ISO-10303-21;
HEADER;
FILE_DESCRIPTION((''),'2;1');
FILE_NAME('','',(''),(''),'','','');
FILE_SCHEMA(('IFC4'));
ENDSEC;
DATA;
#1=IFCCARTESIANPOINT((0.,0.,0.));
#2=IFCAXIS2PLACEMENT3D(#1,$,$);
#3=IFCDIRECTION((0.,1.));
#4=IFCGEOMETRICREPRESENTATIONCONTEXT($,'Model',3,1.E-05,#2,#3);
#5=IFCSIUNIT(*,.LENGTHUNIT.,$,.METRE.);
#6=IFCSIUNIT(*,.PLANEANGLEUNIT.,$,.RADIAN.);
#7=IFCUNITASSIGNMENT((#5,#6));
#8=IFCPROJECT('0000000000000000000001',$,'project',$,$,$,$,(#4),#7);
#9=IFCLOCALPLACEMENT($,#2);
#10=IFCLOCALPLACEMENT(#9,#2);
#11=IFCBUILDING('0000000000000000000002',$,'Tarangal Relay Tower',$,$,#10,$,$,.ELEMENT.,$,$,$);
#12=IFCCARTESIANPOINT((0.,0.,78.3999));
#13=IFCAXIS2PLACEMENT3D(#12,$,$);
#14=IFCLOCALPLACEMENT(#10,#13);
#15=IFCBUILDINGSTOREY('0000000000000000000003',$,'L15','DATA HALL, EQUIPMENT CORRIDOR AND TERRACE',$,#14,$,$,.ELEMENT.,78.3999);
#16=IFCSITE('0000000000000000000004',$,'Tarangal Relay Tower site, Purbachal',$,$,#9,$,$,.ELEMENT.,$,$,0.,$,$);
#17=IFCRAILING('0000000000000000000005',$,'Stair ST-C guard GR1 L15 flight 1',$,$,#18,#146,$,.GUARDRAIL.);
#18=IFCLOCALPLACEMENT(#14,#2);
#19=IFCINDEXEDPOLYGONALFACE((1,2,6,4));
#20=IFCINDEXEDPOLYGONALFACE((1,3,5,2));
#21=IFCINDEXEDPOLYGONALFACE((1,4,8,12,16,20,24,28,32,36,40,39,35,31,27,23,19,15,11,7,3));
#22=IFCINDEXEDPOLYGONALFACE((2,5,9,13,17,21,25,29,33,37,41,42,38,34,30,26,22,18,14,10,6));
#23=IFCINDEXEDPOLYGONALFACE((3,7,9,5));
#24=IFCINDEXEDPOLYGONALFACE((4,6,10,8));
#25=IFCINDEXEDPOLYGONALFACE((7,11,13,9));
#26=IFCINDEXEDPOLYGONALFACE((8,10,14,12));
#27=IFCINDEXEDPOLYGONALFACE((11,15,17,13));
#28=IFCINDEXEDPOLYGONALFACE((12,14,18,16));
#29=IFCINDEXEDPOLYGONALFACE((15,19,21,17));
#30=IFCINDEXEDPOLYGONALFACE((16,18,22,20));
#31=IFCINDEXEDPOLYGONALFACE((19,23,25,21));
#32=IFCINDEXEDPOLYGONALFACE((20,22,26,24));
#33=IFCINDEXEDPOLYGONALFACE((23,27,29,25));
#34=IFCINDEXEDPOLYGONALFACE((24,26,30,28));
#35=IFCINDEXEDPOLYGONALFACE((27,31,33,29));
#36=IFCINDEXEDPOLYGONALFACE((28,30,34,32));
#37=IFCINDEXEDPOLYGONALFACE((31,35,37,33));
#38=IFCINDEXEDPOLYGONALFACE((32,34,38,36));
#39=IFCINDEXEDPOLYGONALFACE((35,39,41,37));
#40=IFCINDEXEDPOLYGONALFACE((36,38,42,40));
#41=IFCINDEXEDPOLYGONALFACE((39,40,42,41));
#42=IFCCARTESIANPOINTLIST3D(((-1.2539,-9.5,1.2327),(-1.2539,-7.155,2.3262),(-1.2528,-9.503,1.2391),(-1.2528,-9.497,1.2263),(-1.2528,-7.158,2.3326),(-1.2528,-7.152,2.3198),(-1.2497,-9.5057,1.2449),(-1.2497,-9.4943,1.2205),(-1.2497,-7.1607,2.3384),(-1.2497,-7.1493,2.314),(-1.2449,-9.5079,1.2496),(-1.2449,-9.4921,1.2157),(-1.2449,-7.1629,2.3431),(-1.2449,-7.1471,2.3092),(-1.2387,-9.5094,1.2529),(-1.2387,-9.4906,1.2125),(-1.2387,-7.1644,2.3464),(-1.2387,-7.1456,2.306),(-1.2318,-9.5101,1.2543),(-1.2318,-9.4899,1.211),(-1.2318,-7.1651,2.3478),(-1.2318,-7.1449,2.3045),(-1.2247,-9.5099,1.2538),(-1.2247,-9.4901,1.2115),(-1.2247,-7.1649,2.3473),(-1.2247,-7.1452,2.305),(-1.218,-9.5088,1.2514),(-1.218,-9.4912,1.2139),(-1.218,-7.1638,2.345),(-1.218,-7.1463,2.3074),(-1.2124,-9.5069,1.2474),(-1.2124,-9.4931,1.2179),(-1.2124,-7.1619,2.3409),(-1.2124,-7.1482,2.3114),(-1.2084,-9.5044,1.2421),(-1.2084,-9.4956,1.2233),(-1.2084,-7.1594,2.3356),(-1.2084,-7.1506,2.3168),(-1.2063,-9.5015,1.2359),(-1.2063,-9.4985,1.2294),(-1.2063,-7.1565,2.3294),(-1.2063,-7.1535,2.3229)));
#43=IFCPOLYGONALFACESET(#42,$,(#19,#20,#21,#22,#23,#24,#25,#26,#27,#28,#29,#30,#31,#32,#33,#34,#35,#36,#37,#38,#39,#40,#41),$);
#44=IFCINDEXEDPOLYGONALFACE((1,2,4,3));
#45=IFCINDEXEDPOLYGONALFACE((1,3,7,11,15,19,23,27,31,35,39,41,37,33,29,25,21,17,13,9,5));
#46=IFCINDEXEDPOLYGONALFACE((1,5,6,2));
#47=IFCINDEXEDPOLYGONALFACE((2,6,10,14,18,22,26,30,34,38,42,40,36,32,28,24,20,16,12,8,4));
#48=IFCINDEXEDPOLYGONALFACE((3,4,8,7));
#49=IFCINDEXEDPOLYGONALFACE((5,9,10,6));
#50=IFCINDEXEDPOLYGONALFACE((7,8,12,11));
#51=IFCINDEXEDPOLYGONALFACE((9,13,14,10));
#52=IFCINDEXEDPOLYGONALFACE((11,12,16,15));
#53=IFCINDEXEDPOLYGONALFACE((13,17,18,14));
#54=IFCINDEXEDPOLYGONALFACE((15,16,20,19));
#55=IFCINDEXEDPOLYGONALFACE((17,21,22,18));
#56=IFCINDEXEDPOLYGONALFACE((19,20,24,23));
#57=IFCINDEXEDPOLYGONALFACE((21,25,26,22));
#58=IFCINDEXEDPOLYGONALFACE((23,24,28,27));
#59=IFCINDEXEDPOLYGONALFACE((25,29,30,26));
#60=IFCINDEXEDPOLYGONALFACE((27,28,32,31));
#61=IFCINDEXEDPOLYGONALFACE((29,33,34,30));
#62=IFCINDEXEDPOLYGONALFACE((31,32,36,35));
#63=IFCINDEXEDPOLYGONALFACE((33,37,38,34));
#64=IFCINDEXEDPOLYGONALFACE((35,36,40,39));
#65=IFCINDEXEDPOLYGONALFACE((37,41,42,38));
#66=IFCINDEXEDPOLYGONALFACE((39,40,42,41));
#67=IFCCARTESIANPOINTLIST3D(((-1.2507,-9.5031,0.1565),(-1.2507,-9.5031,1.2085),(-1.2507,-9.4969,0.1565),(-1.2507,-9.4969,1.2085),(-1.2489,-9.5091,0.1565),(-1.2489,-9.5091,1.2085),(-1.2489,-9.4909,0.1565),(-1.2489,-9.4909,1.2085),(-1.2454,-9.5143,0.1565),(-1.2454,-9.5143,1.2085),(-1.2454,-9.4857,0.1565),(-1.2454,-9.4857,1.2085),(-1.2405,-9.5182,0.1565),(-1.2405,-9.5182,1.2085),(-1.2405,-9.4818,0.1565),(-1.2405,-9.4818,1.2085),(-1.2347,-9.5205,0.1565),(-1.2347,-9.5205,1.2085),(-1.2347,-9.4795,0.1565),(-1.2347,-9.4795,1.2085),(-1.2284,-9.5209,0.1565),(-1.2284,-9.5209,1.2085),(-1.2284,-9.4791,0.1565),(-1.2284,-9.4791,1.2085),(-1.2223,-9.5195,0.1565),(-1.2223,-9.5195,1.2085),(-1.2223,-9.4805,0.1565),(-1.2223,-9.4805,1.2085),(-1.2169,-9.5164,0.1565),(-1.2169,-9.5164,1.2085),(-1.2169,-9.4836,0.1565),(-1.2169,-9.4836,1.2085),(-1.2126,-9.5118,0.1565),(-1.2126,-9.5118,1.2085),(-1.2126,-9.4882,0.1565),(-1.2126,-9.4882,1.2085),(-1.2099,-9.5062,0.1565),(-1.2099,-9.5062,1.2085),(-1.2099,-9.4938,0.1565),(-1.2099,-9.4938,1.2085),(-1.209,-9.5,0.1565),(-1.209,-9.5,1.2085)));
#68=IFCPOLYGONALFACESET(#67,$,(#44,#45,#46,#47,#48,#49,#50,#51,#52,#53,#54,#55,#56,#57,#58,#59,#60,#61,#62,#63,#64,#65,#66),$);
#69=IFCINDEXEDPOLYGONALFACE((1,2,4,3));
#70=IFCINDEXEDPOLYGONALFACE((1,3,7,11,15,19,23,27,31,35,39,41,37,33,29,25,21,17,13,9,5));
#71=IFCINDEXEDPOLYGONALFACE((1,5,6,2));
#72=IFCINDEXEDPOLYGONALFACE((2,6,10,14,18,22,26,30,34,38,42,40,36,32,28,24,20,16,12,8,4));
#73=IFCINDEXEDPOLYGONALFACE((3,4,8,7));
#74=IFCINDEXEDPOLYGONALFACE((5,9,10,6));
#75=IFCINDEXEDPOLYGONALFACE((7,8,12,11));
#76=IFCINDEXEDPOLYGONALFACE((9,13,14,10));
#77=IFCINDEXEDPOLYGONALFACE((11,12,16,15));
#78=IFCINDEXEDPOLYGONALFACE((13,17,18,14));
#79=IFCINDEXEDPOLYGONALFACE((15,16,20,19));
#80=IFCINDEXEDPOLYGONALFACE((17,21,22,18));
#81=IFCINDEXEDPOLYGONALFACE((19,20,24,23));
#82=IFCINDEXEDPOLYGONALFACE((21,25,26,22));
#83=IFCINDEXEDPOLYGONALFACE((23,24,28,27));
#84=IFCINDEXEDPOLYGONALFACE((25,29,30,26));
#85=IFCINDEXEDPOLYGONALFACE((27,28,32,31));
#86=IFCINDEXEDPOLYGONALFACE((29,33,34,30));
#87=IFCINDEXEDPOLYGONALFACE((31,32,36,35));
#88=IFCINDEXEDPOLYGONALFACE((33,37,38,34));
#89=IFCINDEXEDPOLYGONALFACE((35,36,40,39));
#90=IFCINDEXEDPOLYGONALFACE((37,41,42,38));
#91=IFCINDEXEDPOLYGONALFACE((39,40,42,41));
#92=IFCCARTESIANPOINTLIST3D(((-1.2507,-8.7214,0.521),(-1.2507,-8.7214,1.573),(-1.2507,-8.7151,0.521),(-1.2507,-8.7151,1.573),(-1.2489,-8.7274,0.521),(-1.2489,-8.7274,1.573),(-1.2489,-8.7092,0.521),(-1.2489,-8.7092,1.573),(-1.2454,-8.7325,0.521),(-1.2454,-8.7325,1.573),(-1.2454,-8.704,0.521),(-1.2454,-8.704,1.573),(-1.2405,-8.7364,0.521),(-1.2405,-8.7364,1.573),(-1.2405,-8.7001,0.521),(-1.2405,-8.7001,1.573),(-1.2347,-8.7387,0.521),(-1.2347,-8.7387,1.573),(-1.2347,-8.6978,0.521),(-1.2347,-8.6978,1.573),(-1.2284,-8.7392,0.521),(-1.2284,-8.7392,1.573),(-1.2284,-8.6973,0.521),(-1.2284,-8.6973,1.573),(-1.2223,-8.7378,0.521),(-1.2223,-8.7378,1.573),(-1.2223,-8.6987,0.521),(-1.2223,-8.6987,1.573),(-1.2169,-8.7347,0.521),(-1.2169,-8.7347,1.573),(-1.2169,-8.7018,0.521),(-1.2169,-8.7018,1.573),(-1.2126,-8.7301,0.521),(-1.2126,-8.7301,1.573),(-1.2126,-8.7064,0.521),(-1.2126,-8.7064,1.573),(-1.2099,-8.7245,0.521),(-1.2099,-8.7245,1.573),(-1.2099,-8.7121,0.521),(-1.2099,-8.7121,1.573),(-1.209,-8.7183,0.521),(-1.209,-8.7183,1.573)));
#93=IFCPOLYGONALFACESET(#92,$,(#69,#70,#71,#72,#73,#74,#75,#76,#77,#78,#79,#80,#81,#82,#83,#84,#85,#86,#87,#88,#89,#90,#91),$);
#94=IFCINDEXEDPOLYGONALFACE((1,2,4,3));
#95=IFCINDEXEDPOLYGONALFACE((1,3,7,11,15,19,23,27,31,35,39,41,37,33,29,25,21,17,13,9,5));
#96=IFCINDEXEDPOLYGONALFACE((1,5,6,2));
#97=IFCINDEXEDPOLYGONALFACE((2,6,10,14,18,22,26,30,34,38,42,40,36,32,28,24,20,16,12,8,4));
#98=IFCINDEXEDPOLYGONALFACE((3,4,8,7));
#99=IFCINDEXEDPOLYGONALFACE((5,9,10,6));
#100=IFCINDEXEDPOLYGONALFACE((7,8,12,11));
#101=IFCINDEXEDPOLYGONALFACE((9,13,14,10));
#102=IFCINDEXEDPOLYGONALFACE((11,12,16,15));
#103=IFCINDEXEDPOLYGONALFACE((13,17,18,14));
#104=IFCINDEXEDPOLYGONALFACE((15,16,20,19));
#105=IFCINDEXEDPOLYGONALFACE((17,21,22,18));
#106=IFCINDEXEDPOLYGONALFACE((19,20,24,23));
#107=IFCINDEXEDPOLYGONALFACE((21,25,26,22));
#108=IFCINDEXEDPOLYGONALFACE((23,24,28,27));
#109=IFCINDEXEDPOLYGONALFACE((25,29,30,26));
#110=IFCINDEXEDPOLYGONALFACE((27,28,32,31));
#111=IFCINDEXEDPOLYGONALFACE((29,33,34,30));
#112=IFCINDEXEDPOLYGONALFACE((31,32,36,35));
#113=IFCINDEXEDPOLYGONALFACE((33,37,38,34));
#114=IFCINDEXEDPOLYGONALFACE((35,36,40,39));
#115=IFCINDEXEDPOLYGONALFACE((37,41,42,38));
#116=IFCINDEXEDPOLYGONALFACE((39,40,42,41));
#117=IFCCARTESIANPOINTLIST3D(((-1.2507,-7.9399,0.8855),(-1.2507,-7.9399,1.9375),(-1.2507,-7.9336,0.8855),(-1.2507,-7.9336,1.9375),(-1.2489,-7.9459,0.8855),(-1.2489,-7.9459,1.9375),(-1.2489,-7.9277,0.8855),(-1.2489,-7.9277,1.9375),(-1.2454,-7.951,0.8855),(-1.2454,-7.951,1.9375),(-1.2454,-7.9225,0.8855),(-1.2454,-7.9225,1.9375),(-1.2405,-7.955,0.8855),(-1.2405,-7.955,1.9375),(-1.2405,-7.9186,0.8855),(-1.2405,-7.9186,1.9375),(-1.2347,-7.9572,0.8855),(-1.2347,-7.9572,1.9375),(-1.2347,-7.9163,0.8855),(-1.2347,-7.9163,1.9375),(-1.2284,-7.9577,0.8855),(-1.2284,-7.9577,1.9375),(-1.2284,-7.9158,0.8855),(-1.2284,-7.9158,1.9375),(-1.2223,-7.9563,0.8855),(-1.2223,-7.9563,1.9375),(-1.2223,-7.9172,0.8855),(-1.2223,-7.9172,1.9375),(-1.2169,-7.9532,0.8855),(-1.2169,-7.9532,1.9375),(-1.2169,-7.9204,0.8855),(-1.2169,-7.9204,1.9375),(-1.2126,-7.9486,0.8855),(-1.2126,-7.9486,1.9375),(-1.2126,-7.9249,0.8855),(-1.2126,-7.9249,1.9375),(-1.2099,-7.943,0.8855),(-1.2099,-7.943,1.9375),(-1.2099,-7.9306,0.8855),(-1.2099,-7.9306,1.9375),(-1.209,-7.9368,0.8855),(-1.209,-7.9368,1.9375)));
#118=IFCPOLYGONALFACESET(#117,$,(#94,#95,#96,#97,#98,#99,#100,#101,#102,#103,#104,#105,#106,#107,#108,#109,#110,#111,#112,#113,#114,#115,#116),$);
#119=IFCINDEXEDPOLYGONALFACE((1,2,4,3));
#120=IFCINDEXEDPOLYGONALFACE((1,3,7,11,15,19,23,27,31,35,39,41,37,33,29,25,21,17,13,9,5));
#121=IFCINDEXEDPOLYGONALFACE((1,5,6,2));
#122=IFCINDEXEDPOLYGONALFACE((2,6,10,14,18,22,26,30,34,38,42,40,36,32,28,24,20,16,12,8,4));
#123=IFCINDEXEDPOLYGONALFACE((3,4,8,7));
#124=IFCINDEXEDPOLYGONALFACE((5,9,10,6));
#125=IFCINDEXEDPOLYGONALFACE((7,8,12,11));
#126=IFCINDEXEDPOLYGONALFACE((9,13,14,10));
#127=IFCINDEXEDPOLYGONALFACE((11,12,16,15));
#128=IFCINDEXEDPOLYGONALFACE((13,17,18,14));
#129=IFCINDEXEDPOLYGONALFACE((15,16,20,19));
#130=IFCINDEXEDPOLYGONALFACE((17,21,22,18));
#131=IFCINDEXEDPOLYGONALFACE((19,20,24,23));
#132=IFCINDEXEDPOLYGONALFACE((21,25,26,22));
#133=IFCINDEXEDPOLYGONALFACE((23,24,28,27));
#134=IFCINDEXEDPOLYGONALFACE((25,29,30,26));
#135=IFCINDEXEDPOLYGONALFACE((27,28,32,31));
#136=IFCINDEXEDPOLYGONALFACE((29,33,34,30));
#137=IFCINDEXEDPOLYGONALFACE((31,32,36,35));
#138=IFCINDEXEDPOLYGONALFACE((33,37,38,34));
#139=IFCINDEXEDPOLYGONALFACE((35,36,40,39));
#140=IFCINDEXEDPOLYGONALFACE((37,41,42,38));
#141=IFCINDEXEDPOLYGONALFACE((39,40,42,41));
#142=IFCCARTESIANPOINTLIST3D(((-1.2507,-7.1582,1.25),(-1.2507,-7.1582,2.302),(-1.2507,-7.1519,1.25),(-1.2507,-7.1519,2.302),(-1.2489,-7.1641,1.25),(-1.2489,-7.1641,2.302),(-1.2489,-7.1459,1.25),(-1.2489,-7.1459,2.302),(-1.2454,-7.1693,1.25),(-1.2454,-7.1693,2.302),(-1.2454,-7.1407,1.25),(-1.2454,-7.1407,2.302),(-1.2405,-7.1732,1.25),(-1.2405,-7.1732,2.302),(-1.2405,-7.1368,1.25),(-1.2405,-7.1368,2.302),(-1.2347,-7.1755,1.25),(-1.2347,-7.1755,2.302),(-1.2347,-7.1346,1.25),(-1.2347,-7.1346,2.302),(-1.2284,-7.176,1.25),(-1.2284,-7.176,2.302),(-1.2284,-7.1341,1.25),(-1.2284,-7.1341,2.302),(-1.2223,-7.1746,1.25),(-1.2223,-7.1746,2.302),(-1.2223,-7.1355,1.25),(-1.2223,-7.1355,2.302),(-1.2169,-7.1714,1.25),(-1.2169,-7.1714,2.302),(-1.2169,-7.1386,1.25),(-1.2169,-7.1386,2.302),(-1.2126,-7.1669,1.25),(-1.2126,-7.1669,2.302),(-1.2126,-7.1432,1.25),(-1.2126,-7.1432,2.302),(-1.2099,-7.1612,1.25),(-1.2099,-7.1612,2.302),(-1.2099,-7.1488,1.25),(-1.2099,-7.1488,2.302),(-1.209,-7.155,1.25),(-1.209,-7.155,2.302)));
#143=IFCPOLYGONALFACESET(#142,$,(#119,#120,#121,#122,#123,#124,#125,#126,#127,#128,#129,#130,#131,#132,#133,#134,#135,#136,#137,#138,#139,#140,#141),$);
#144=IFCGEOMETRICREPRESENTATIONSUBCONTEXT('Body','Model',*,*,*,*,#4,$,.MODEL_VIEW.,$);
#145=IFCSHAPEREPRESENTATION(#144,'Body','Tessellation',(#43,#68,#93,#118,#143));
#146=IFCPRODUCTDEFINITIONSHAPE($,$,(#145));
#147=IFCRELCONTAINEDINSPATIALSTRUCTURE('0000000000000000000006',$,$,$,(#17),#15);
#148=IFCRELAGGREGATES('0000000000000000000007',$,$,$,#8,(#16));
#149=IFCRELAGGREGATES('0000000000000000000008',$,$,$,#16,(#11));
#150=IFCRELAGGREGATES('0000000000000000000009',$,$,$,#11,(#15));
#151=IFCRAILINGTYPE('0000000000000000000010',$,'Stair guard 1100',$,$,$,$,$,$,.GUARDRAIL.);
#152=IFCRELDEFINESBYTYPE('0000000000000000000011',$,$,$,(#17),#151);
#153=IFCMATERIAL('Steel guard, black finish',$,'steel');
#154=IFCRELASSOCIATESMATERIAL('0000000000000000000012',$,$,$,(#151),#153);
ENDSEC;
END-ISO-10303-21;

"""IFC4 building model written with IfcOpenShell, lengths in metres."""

from ifc_helpers import new_model, si_unit, direction, frame, origin, origin_2d, place, context, subcontext, project, spatial, circle, extrude, material, type_object, element, save


model = new_model("IFC4")

# Units and contexts
model_context = context("Model", 3, precision=1e-05, world=origin(), true_north=direction((0.0, 1.0)))
body_context = subcontext(model_context, "Body", "Model", "MODEL_VIEW")
ifc_project = project(units=[si_unit("LENGTHUNIT", "METRE"), si_unit("PLANEANGLEUNIT", "RADIAN")], contexts=[model_context])

# Site, building, storey
site_placement = place(None, origin())
site = spatial("IfcSite", under=ifc_project, at=site_placement, Name="Tarangal Relay Tower site, Purbachal", CompositionType="ELEMENT", RefElevation=0.0)
building_placement = place(site_placement, origin())
building = spatial("IfcBuilding", under=site, at=building_placement, Name="Tarangal Relay Tower", CompositionType="ELEMENT")
storey_placement = place(building_placement, frame((0.0, 0.0, 78.3999)))
storey = spatial("IfcBuildingStorey", under=building, at=storey_placement, Name="L15", Description="DATA HALL, EQUIPMENT CORRIDOR AND TERRACE", CompositionType="ELEMENT", Elevation=78.3999)

# Railing
ifc_material_1 = material(Name="Steel guard, black finish", Category="steel")
railing_type_1 = type_object("IfcRailingType", Name="Stair guard 1100", PredefinedType="GUARDRAIL", material=ifc_material_1)
for number, where, name in (
    (1, (-1.23, -9.5, 0.1565), "Stair ST-C guard GR1 L15 flight 1"),
):
    element("IfcRailing", number, at=place(storey_placement, frame(where)), inside=storey, type_object=railing_type_1, Name=name, PredefinedType="GUARDRAIL", context=body_context, shape_type="SweptSolid", body=[
        extrude(circle(Radius=0.0239, at=origin_2d()), frame((0.0, 0.0, 1.0762), z_axis=(0.0, 0.906304, 0.422627), x_axis=(-1.0, 0.0, 0.0)), (0.0, 0.0, 1.0), 2.5874),
        extrude(circle(Radius=0.021, at=origin_2d()), origin(), (0.0, 0.0, 1.0), 1.052),
        extrude(circle(Radius=0.021, at=origin_2d()), frame((0.0, 0.7817, 0.3645)), (0.0, 0.0, 1.0), 1.052),
        extrude(circle(Radius=0.021, at=origin_2d()), frame((0.0, 1.5632, 0.729)), (0.0, 0.0, 1.0), 1.052),
        extrude(circle(Radius=0.021, at=origin_2d()), frame((0.0, 2.345, 1.0935)), (0.0, 0.0, 1.0), 1.052),
    ])

save(model, "model.ifc")
